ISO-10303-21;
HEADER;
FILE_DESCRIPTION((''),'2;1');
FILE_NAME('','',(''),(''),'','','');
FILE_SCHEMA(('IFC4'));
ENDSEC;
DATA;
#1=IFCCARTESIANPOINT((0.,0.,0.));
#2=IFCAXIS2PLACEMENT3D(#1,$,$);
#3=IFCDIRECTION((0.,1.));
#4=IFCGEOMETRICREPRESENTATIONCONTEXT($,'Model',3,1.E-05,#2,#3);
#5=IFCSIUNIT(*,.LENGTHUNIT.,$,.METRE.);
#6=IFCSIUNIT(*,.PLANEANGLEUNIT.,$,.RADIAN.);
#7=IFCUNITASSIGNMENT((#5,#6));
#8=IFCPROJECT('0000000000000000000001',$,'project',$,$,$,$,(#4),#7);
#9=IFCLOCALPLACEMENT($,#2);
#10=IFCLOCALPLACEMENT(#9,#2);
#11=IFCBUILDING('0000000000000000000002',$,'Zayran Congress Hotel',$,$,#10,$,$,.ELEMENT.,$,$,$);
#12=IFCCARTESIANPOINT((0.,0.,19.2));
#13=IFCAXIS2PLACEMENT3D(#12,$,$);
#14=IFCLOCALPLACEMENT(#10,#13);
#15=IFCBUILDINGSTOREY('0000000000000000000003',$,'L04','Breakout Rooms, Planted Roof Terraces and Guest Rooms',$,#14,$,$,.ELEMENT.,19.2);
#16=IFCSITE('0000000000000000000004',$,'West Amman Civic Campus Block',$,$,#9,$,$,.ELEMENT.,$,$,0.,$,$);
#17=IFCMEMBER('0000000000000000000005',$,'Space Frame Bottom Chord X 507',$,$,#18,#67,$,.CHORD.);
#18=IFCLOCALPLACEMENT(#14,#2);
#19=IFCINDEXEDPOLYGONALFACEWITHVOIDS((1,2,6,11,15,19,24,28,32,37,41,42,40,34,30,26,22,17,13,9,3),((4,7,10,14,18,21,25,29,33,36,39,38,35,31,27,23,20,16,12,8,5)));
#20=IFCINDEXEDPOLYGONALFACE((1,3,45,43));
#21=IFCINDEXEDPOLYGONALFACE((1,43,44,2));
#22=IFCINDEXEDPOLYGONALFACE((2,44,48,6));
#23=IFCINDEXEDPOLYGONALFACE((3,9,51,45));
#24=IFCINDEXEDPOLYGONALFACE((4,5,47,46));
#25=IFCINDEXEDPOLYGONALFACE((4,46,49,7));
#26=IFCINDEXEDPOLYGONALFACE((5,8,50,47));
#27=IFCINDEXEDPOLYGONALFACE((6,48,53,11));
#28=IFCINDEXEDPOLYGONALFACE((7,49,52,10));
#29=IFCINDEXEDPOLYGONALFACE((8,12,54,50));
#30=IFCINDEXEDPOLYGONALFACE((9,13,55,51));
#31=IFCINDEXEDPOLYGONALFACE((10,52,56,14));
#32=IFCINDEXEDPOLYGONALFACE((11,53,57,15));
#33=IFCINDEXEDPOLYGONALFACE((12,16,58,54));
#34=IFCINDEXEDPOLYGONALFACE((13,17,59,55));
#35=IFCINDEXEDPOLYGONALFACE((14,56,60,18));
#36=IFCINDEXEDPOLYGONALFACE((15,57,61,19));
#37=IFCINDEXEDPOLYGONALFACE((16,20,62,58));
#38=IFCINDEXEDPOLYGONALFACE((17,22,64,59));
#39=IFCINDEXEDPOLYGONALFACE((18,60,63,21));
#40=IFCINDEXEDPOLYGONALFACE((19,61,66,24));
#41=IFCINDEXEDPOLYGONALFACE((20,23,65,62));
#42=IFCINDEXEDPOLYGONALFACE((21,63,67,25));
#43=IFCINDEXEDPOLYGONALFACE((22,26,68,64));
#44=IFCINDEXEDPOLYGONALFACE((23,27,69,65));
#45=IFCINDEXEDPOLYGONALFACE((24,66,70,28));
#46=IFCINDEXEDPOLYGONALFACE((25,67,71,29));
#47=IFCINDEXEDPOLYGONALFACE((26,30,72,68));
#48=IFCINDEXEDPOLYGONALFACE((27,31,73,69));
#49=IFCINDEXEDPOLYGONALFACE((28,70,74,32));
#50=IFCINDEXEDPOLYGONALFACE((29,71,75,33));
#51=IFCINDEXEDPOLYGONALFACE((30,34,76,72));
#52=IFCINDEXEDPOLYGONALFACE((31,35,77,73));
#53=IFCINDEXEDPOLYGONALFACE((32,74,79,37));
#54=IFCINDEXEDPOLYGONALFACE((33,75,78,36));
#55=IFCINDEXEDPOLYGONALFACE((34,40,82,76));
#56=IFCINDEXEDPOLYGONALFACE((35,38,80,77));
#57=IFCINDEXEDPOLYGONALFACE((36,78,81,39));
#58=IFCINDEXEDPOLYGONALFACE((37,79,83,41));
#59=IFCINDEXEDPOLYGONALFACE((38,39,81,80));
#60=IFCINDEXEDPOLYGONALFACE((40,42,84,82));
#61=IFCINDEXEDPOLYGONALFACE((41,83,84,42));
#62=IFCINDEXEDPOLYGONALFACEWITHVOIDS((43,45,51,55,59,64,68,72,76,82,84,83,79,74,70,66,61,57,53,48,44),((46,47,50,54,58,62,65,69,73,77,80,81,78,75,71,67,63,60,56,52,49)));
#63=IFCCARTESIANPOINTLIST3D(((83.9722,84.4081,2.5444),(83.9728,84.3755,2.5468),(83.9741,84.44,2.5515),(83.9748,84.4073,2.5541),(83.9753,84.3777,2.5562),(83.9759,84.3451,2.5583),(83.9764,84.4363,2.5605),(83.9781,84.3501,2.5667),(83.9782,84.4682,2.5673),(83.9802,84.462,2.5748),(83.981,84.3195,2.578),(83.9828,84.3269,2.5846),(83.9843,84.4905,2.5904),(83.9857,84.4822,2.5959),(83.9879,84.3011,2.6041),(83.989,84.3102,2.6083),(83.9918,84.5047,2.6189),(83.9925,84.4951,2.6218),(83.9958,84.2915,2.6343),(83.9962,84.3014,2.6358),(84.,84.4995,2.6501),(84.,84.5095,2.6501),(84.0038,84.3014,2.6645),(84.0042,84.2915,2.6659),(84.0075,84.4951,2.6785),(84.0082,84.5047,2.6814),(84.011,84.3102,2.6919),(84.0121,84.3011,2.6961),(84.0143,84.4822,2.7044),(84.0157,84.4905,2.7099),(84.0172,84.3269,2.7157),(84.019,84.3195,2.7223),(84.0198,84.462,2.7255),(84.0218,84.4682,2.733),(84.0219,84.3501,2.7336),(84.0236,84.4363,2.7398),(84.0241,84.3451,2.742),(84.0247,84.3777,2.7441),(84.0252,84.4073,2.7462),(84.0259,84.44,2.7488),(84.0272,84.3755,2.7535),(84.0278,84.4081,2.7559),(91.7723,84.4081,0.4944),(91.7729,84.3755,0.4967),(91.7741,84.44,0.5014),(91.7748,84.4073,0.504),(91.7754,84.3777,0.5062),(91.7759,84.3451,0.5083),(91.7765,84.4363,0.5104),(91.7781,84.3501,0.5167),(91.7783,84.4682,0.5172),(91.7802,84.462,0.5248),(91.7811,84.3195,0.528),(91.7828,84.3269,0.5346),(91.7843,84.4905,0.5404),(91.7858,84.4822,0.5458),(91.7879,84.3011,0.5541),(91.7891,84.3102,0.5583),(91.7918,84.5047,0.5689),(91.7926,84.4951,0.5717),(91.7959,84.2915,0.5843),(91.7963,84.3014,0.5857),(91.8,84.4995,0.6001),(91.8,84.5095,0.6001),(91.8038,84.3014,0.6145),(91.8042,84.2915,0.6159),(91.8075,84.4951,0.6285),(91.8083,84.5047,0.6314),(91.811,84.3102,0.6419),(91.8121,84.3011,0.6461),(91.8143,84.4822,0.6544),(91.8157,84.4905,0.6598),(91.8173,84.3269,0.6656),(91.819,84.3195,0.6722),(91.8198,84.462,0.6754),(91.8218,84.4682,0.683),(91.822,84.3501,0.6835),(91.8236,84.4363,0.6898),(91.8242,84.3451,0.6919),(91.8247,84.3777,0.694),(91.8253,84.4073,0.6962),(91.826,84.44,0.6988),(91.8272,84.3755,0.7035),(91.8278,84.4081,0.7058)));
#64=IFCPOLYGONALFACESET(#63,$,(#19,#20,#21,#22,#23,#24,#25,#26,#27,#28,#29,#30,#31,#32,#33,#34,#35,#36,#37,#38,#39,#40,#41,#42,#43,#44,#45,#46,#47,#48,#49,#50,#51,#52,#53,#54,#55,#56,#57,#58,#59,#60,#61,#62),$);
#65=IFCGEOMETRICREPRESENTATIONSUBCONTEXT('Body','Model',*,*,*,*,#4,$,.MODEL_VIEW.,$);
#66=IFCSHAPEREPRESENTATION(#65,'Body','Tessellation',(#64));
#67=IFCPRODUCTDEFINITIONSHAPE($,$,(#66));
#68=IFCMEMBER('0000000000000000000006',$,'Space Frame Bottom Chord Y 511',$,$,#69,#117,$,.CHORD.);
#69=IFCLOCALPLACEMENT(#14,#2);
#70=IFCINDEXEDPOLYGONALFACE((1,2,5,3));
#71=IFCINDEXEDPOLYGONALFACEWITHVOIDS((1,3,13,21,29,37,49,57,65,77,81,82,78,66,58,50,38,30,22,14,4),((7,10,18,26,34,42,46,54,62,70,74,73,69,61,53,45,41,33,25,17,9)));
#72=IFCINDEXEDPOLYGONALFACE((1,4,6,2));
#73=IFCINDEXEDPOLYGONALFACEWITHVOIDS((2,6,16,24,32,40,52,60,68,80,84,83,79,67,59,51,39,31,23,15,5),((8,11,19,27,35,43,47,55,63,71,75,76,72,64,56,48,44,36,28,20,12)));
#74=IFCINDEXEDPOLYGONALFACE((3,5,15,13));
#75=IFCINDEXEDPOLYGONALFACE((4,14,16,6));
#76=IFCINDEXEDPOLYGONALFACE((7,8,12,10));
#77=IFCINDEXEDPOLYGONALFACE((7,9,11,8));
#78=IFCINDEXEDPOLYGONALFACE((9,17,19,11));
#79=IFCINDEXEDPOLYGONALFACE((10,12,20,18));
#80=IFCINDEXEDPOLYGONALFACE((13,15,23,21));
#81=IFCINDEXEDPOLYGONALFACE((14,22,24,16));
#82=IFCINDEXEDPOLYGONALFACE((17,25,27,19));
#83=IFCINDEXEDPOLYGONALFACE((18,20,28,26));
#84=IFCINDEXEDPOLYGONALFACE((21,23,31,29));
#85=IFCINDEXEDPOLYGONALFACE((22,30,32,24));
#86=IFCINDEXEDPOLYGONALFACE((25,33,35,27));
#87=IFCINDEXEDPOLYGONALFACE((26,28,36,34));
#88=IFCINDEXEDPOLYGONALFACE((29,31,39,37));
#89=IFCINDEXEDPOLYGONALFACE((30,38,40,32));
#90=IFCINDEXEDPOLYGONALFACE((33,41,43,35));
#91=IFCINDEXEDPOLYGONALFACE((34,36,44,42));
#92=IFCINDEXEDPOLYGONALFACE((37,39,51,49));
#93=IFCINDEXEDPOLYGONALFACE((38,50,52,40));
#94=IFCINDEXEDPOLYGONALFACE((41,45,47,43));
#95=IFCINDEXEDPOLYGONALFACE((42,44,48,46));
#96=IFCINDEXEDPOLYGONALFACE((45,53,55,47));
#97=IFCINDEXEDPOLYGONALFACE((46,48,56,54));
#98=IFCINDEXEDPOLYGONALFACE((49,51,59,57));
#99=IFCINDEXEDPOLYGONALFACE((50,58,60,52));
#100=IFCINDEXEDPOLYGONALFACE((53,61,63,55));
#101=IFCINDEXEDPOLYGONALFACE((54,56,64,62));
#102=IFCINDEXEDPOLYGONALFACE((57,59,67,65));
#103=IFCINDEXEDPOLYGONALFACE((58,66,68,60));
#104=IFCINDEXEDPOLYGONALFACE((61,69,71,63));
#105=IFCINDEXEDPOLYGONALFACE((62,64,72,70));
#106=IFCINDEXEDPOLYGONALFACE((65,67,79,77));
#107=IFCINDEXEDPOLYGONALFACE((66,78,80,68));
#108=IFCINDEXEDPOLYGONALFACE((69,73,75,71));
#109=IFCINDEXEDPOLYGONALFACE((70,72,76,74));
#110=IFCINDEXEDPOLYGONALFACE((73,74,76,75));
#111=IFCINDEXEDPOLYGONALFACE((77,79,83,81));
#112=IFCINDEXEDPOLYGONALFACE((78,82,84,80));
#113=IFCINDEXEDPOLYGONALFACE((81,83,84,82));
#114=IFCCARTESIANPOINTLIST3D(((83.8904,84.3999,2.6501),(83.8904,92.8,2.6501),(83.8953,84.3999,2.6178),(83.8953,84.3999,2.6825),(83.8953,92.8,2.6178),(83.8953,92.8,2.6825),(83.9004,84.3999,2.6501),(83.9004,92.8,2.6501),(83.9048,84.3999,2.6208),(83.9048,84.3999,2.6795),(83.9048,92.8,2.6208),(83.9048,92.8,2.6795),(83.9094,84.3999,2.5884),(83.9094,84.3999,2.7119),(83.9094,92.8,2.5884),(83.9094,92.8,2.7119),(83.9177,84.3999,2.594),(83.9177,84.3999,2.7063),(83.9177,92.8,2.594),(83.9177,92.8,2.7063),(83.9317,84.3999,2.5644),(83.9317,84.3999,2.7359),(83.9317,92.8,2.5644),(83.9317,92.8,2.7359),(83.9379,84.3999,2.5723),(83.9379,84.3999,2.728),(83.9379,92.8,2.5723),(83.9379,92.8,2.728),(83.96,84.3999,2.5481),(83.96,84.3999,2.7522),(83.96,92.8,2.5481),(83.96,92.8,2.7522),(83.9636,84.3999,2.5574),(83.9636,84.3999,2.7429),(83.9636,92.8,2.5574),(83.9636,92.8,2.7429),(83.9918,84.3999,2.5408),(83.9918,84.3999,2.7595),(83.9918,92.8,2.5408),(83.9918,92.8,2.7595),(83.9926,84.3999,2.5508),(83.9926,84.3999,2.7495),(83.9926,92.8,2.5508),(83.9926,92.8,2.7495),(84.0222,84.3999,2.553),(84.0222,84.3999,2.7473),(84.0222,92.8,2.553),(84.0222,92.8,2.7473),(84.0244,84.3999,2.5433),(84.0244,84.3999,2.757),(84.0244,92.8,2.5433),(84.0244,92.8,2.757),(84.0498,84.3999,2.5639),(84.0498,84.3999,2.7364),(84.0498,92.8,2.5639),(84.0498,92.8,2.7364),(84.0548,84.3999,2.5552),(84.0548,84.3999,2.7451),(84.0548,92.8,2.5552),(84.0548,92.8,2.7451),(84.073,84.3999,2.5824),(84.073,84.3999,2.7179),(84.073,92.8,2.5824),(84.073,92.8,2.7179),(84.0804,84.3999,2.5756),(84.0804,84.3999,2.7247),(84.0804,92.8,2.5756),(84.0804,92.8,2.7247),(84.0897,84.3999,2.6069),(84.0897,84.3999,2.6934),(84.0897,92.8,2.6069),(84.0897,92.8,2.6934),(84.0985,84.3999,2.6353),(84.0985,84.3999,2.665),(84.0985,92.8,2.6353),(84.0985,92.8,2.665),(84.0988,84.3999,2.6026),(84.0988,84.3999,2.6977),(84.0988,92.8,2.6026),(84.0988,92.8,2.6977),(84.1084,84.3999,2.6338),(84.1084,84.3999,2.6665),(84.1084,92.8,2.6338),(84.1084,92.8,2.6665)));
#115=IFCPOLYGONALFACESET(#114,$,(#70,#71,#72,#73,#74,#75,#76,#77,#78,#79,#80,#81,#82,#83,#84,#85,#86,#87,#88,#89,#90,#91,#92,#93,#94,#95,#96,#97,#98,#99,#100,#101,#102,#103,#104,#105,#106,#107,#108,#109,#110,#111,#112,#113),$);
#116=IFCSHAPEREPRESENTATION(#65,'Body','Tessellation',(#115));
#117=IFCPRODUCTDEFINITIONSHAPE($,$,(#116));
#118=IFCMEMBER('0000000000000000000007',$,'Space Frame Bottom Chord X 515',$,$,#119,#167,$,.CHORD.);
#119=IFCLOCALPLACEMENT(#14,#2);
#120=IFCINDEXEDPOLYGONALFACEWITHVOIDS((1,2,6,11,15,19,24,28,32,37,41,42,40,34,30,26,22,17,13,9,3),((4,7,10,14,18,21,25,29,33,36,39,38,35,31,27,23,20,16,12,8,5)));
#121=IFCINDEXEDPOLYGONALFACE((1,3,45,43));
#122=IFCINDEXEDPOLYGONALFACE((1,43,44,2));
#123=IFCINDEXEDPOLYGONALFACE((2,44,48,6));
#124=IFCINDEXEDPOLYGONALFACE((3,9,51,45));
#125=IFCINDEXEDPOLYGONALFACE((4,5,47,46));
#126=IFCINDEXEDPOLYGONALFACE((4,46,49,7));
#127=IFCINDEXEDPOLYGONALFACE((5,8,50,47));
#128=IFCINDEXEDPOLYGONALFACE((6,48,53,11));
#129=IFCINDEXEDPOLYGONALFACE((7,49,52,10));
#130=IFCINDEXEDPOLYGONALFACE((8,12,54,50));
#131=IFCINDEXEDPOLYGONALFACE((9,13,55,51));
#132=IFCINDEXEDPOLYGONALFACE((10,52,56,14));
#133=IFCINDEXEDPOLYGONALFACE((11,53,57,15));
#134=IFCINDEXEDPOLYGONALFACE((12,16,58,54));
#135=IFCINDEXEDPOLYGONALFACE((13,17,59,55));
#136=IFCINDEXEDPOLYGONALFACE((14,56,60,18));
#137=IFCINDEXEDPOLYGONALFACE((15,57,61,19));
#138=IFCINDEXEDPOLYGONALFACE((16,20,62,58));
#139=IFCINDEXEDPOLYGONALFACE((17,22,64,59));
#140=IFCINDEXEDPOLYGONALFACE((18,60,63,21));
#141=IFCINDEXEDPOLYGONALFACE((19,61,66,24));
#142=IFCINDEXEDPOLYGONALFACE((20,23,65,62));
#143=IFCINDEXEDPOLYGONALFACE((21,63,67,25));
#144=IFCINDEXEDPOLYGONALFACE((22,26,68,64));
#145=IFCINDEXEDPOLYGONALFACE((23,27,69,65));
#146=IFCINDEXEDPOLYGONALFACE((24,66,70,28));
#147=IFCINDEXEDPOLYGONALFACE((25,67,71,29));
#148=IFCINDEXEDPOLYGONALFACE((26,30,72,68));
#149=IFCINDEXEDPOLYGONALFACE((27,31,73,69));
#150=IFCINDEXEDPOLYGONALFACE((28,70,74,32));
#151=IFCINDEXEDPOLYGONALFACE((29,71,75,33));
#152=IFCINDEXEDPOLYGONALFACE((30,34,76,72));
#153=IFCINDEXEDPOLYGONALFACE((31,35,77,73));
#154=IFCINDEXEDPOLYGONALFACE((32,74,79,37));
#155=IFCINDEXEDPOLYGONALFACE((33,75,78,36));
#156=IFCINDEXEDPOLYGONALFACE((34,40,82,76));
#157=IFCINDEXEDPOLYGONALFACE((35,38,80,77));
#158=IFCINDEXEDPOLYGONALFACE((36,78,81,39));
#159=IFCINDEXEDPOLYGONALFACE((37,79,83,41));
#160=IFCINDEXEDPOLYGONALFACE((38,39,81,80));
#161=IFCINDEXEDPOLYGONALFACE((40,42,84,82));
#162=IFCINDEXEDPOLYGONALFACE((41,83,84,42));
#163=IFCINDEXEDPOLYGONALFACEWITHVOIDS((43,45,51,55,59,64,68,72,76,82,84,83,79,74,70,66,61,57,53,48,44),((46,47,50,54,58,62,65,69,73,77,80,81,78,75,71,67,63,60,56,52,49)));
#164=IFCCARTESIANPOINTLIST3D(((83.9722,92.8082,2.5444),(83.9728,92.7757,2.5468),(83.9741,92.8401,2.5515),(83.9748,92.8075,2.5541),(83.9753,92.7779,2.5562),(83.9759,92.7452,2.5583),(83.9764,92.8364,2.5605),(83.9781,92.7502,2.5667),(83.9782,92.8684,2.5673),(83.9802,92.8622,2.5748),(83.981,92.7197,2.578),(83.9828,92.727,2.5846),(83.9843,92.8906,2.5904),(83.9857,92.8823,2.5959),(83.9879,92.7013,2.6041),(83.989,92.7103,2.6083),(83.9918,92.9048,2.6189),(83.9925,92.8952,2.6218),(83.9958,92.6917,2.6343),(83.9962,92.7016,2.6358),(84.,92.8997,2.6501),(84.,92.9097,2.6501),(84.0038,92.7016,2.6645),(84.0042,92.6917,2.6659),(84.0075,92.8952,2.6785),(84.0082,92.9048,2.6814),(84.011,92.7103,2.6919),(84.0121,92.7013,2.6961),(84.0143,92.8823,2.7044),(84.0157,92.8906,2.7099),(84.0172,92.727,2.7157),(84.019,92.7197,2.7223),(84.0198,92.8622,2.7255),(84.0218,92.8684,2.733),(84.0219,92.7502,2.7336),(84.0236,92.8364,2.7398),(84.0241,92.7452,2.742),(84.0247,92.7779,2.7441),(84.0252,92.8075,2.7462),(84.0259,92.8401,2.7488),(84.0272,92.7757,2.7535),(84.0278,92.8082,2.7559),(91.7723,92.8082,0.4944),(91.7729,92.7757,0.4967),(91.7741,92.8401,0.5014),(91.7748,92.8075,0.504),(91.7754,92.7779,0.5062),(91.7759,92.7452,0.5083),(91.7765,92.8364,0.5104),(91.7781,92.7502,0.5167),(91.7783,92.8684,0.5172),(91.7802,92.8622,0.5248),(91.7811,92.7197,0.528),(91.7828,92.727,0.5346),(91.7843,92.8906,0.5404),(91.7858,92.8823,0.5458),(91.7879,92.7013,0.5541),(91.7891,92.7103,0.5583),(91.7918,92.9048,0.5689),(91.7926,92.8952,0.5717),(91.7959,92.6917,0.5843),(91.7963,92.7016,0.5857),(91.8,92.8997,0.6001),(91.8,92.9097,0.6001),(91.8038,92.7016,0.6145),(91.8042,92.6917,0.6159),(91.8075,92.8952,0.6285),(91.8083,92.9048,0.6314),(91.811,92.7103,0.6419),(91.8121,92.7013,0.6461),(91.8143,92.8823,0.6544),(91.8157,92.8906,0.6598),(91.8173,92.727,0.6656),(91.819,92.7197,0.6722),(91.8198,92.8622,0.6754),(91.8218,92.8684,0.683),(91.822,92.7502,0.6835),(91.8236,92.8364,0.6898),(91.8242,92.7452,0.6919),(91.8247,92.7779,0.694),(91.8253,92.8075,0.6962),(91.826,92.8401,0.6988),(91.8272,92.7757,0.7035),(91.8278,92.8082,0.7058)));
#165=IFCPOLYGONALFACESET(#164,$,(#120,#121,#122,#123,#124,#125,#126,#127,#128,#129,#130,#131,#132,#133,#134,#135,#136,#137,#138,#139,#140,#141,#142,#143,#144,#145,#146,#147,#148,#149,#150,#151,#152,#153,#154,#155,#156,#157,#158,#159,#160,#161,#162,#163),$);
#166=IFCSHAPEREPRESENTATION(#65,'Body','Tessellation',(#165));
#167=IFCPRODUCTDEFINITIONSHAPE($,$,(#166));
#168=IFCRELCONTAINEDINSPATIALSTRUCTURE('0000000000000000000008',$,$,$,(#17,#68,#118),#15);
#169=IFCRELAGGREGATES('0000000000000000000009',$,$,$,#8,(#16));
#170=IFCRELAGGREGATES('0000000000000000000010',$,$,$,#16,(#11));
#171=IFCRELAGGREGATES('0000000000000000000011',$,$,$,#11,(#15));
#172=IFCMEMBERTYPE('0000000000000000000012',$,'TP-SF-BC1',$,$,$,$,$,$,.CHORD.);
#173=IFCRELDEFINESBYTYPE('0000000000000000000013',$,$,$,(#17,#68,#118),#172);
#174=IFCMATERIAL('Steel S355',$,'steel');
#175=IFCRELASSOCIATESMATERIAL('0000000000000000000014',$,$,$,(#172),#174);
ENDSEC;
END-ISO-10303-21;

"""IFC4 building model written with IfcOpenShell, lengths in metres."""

from ifc_helpers import new_model, si_unit, direction, frame, origin, origin_2d, place, context, subcontext, project, spatial, hollow_circle, extrude, material, material_profile, profile_set, type_object, element, save


model = new_model("IFC4")

# Units and contexts
model_context = context("Model", 3, precision=1e-05, world=origin(), true_north=direction((0.0, 1.0)))
body_context = subcontext(model_context, "Body", "Model", "MODEL_VIEW")
ifc_project = project(units=[si_unit("LENGTHUNIT", "METRE"), si_unit("PLANEANGLEUNIT", "RADIAN")], contexts=[model_context])

# Site, building, storey
site_placement = place(None, origin())
site = spatial("IfcSite", under=ifc_project, at=site_placement, Name="West Amman Civic Campus Block", CompositionType="ELEMENT", RefElevation=0.0)
building_placement = place(site_placement, origin())
building = spatial("IfcBuilding", under=site, at=building_placement, Name="Zayran Congress Hotel", CompositionType="ELEMENT")
storey_placement = place(building_placement, frame((0.0, 0.0, 19.2)))
storey = spatial("IfcBuildingStorey", under=building, at=storey_placement, Name="L04", Description="Breakout Rooms, Planted Roof Terraces and Guest Rooms", CompositionType="ELEMENT", Elevation=19.2)

# Members
ifc_material_1 = material(Name="Steel S355", Category="steel")
ifc_material_profile_1 = material_profile(ifc_material_1, hollow_circle(Radius=0.1096, WallThickness=0.01, at=origin_2d()), Name="CHS 219.1x10")
ifc_profile_set_1 = profile_set([ifc_material_profile_1], Name="Steel S355")
member_type_1 = type_object("IfcMemberType", Name="TP-SF-BC1", PredefinedType="CHORD", material=ifc_profile_set_1)
member_1_placement = place(storey_placement, frame((84.0, 84.3999, 2.6501), z_axis=(0.967154, 0.0, -0.254192), x_axis=(0.0, 1.0, 0.0)))
element("IfcMember", 1, at=member_1_placement, inside=storey, type_object=member_type_1, Name="Space Frame Bottom Chord X 507", PredefinedType="CHORD", context=body_context, shape_type="SweptSolid", body=[
    extrude(hollow_circle(Radius=0.1096, WallThickness=0.01, at=origin_2d()), origin(), (0.0, 0.0, 1.0), 8.0649),
])
member_2_placement = place(storey_placement, frame((84.0, 84.3999, 2.6501), z_axis=(0.0, 1.0, 0.0), x_axis=(-1.0, 0.0, 0.0)))
element("IfcMember", 2, at=member_2_placement, inside=storey, type_object=member_type_1, Name="Space Frame Bottom Chord Y 511", PredefinedType="CHORD", context=body_context, shape_type="SweptSolid", body=[
    extrude(hollow_circle(Radius=0.1096, WallThickness=0.01, at=origin_2d()), origin(), (0.0, 0.0, 1.0), 8.4001),
])
member_3_placement = place(storey_placement, frame((84.0, 92.8, 2.6501), z_axis=(0.967154, 0.0, -0.254192), x_axis=(0.0, 1.0, 0.0)))
element("IfcMember", 3, at=member_3_placement, inside=storey, type_object=member_type_1, Name="Space Frame Bottom Chord X 515", PredefinedType="CHORD", context=body_context, shape_type="SweptSolid", body=[
    extrude(hollow_circle(Radius=0.1096, WallThickness=0.01, at=origin_2d()), origin(), (0.0, 0.0, 1.0), 8.0649),
])

save(model, "model.ifc")
